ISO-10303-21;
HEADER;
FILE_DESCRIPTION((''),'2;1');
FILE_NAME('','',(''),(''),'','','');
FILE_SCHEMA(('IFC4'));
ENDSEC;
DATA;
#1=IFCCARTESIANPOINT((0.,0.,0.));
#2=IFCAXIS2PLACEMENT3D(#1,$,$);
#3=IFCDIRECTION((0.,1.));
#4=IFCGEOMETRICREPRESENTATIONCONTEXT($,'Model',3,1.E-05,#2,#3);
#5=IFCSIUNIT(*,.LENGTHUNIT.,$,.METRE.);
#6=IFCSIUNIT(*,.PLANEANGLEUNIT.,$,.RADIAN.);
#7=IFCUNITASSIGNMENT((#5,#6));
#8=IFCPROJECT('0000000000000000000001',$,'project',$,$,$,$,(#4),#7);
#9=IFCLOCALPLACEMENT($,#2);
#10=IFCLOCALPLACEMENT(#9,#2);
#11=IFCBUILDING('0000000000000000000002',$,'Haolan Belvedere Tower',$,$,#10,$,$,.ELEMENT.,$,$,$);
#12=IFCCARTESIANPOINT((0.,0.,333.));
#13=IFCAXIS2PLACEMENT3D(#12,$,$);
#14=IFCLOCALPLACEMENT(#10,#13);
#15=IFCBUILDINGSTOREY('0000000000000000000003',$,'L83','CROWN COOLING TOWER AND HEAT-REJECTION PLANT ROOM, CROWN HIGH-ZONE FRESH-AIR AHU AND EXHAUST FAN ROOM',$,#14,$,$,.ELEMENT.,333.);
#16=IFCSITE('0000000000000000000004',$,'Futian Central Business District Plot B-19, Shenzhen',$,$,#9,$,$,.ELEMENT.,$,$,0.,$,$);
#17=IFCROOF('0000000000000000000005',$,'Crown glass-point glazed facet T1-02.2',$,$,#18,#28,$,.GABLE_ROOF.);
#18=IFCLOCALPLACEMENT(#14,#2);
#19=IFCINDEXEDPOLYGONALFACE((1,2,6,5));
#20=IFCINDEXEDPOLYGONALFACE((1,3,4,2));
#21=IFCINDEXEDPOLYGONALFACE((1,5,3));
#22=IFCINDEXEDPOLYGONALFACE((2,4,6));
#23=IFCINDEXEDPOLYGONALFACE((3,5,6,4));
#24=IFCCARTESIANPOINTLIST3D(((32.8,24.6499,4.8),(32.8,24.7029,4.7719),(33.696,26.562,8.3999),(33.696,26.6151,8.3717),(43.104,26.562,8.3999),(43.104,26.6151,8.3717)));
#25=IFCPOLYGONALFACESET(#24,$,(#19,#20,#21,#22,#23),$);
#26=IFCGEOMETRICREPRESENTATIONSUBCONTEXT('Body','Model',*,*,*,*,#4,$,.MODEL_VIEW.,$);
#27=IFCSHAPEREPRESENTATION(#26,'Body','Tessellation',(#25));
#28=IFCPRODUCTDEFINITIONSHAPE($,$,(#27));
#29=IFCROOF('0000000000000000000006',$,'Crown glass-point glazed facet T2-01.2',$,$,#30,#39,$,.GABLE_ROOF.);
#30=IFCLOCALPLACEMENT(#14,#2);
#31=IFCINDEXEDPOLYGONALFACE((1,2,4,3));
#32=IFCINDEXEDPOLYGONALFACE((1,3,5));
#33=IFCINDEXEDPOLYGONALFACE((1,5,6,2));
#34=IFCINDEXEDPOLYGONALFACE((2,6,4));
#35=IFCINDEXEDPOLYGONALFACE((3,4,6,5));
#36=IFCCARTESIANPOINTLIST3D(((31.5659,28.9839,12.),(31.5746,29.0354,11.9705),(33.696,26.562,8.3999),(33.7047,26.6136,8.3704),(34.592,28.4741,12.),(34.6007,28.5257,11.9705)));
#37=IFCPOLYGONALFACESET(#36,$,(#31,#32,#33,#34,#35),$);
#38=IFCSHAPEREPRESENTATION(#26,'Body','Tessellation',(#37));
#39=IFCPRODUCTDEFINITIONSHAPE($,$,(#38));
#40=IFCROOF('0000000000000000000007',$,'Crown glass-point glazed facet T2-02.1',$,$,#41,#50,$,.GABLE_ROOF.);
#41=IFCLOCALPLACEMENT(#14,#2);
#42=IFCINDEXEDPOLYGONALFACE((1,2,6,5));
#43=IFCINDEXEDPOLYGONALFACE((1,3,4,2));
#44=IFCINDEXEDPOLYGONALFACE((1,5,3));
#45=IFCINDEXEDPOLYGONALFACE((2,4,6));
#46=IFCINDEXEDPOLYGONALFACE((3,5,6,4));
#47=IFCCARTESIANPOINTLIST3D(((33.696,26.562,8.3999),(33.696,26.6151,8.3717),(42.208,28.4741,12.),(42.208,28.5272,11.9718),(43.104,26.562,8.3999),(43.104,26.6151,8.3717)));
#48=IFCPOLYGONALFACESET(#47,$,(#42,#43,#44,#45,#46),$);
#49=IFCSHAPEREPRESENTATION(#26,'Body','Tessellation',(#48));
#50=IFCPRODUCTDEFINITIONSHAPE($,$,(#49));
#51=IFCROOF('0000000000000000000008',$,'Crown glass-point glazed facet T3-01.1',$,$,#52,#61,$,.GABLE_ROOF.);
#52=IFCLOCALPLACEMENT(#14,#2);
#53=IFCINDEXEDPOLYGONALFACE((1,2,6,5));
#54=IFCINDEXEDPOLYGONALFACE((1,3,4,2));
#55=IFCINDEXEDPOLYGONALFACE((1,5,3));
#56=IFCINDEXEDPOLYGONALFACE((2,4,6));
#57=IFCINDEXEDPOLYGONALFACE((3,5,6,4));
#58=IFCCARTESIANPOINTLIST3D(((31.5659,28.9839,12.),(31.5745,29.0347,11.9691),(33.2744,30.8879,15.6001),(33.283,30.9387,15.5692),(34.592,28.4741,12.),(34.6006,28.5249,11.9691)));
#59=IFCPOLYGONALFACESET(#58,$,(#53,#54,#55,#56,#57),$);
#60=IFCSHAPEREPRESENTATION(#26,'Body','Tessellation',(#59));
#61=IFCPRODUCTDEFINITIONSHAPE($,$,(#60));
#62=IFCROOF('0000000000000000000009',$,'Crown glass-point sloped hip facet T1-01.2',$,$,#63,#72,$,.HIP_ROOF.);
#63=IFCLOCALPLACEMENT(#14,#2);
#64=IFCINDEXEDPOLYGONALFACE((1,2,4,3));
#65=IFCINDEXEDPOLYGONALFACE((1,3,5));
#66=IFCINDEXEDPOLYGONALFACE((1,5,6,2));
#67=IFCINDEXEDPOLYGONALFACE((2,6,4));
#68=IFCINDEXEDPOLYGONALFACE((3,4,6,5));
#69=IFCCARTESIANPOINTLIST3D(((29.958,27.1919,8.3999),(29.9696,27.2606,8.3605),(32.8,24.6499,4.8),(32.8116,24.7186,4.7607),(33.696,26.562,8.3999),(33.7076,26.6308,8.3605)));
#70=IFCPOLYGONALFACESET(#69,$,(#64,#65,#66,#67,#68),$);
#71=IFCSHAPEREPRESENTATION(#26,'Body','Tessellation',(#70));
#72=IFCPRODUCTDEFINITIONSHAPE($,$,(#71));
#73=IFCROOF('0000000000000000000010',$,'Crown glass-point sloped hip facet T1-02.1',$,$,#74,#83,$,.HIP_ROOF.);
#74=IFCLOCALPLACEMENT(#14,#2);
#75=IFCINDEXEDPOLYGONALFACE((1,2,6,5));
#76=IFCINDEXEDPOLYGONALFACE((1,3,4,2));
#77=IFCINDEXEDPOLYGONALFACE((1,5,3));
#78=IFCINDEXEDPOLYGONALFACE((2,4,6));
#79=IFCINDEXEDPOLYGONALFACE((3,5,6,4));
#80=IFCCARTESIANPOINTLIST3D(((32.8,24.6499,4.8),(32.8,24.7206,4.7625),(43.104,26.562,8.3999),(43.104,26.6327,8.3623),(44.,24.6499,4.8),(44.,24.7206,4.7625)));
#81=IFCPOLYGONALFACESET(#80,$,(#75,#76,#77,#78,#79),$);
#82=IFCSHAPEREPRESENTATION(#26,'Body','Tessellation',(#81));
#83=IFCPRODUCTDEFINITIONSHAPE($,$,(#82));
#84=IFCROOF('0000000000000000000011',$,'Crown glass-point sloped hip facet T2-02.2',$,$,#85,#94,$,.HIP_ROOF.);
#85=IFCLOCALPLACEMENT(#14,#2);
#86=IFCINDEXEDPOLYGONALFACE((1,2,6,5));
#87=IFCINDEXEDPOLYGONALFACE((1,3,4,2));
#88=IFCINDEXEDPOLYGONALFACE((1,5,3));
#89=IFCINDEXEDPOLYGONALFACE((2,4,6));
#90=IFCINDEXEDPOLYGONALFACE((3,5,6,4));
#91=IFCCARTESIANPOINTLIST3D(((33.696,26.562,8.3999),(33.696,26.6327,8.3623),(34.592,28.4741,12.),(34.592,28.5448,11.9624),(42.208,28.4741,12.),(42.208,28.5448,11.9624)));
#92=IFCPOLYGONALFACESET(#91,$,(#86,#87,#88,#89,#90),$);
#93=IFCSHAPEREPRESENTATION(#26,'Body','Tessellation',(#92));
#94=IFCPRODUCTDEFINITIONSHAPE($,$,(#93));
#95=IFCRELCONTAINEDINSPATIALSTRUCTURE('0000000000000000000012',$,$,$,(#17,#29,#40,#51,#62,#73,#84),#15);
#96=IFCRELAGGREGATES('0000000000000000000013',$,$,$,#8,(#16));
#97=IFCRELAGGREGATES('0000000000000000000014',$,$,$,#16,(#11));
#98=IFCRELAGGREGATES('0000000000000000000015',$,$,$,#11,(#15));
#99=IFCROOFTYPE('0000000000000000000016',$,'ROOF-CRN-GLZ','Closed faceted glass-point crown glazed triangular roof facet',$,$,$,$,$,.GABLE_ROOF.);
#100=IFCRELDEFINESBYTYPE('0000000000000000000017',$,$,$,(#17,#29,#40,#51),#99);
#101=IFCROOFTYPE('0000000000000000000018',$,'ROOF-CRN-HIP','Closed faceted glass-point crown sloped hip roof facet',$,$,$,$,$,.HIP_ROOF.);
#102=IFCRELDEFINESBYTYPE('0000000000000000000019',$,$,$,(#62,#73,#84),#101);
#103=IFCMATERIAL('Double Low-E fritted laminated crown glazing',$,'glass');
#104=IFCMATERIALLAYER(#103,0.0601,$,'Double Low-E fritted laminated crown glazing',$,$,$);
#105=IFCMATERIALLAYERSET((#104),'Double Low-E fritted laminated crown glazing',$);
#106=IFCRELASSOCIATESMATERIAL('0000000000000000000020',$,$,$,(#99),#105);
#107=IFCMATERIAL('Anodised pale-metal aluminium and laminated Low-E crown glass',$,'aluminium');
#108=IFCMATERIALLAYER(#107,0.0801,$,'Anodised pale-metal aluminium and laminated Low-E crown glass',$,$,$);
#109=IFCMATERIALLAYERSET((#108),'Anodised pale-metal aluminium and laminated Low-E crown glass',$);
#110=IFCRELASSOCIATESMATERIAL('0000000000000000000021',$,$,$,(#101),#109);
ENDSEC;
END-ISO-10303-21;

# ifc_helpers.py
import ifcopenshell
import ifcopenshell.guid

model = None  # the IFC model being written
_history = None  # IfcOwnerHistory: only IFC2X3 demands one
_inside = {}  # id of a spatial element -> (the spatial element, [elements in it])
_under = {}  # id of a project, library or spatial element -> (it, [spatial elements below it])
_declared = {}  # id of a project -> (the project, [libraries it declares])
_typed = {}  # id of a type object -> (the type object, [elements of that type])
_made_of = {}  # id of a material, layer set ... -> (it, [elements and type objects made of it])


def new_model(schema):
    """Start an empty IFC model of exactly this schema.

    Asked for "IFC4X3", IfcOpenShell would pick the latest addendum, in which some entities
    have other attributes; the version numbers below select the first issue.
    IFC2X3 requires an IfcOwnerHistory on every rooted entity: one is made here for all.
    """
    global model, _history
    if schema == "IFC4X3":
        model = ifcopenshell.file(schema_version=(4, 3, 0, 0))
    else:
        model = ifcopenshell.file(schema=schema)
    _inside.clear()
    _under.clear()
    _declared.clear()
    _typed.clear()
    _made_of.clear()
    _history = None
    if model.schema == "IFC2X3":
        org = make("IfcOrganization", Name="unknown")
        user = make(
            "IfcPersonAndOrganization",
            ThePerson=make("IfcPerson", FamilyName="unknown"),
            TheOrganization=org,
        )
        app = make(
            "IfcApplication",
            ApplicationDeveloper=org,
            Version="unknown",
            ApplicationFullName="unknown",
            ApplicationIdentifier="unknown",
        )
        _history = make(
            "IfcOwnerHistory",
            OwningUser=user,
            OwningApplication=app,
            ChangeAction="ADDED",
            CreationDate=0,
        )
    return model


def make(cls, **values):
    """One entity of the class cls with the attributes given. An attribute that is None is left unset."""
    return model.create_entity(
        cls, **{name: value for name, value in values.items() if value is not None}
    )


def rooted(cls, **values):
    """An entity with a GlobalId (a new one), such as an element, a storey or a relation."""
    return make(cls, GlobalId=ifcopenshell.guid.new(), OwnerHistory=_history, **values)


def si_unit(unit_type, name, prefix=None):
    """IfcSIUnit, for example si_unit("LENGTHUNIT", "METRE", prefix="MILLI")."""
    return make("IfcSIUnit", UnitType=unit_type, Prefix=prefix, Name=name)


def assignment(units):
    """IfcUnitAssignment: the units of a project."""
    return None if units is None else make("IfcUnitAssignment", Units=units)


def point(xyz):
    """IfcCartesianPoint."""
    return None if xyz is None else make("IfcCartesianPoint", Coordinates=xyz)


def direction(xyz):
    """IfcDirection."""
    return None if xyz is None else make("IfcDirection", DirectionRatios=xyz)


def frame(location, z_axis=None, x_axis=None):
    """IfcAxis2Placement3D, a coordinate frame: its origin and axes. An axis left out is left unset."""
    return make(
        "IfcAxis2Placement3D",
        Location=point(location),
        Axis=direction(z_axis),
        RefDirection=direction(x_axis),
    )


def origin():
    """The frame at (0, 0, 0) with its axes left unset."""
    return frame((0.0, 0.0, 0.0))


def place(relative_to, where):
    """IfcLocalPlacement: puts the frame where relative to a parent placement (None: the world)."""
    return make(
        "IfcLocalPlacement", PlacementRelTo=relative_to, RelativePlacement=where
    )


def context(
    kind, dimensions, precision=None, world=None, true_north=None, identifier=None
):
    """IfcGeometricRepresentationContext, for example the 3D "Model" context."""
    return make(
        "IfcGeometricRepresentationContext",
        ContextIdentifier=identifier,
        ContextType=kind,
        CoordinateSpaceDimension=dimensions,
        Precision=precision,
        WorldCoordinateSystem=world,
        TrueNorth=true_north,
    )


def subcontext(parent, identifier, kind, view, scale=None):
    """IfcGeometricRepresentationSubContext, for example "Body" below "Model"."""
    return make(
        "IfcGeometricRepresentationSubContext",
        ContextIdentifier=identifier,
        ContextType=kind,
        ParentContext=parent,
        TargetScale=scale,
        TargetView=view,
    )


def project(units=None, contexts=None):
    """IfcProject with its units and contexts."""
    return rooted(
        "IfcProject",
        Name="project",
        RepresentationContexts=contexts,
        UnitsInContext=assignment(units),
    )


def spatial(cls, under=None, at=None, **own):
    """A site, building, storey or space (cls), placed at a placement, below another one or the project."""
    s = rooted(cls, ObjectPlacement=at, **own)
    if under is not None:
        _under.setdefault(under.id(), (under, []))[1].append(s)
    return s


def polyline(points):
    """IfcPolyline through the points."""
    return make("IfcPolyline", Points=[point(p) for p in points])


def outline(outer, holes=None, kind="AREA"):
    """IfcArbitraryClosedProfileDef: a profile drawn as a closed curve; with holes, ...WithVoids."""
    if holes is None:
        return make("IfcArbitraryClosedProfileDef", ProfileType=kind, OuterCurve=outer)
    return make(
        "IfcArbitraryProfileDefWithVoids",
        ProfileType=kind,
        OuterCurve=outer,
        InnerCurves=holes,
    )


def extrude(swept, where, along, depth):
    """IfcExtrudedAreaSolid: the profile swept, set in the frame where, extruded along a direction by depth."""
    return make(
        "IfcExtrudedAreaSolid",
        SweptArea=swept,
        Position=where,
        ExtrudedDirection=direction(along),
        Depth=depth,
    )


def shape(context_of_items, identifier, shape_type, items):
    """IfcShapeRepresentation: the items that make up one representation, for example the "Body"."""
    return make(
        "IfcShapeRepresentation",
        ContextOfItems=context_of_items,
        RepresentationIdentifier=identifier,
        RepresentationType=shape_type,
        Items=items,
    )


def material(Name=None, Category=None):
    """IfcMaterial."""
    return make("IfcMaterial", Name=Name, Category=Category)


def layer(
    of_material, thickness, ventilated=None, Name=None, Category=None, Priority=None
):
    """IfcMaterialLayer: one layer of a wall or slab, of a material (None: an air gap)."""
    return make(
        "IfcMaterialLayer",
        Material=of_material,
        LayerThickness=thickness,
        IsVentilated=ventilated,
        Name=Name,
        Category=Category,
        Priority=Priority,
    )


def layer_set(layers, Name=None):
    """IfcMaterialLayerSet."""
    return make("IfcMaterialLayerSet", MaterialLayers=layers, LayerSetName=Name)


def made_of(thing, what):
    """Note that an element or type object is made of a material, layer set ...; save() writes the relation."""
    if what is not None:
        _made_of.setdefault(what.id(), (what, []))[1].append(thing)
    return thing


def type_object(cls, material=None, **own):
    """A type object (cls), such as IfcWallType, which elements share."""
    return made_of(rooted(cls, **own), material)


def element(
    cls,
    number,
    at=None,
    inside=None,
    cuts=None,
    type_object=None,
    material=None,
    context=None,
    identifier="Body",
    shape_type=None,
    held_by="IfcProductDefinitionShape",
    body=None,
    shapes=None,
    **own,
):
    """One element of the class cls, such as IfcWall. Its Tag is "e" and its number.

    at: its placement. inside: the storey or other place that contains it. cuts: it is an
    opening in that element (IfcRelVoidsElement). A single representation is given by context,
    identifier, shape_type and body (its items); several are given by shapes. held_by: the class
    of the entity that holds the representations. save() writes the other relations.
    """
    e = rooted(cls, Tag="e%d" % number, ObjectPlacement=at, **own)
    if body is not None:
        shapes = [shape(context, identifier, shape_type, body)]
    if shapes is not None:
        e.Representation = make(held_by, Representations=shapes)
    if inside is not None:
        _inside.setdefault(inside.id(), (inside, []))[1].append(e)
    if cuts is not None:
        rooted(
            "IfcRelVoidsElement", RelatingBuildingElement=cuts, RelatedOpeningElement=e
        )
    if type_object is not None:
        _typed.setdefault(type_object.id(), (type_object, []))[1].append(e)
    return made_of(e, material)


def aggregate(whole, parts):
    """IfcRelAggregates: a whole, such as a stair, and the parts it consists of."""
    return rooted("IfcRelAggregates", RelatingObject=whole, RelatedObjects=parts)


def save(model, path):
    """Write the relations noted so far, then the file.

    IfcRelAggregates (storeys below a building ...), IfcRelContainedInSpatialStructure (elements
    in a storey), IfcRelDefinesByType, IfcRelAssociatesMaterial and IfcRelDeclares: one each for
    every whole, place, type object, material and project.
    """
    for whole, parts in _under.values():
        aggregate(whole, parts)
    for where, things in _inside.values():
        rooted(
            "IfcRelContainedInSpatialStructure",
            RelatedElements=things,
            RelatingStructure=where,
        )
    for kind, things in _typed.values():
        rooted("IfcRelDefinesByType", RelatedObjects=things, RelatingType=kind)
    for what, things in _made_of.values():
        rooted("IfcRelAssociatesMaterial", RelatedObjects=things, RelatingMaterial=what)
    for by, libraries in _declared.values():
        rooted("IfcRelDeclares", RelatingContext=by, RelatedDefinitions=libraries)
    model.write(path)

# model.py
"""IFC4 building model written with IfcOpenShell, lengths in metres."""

from ifc_helpers import new_model, si_unit, direction, frame, origin, place, context, subcontext, project, spatial, polyline, outline, extrude, material, layer, layer_set, type_object, element, save


model = new_model("IFC4")

# Units and contexts
model_context = context("Model", 3, precision=1e-05, world=origin(), true_north=direction((0.0, 1.0)))
body_context = subcontext(model_context, "Body", "Model", "MODEL_VIEW")
ifc_project = project(units=[si_unit("LENGTHUNIT", "METRE"), si_unit("PLANEANGLEUNIT", "RADIAN")], contexts=[model_context])

# Site, building, storey
site_placement = place(None, origin())
site = spatial("IfcSite", under=ifc_project, at=site_placement, Name="Futian Central Business District Plot B-19, Shenzhen", CompositionType="ELEMENT", RefElevation=0.0)
building_placement = place(site_placement, origin())
building = spatial("IfcBuilding", under=site, at=building_placement, Name="Haolan Belvedere Tower", CompositionType="ELEMENT")
storey_placement = place(building_placement, frame((0.0, 0.0, 333.0)))
storey = spatial("IfcBuildingStorey", under=building, at=storey_placement, Name="L83", Description="CROWN COOLING TOWER AND HEAT-REJECTION PLANT ROOM, CROWN HIGH-ZONE FRESH-AIR AHU AND EXHAUST FAN ROOM", CompositionType="ELEMENT", Elevation=333.0)

# Roofs
ifc_material_1 = material(Name="Double Low-E fritted laminated crown glazing", Category="glass")
ifc_layer_1 = layer(ifc_material_1, 0.0601, Name="Double Low-E fritted laminated crown glazing")
ifc_layer_set_1 = layer_set([ifc_layer_1], Name="Double Low-E fritted laminated crown glazing")
roof_type_1 = type_object("IfcRoofType", Name="ROOF-CRN-GLZ", Description="Closed faceted glass-point crown glazed triangular roof facet", PredefinedType="GABLE_ROOF", material=ifc_layer_set_1)
roof_1_placement = place(storey_placement, frame((32.8, 24.6499, 4.8), z_axis=(0.0, -0.883148, 0.469095), x_axis=(0.929883, 0.172559, 0.32487)))
element("IfcRoof", 1, at=roof_1_placement, inside=storey, type_object=roof_type_1, Name="Crown glass-point glazed facet T1-02.2", PredefinedType="GABLE_ROOF", context=body_context, shape_type="SweptSolid", body=[
    extrude(outline(polyline([(0.0, 0.0), (11.0809, 0.0), (2.3326, 3.4608), (0.0, 0.0)])), origin(), (0.0, 0.0, -1.0), 0.0601),
])
roof_2_placement = place(storey_placement, frame((33.696, 26.562, 8.3999), z_axis=(-0.144621, -0.858514, 0.491974), x_axis=(0.214677, 0.458134, 0.86257)))
element("IfcRoof", 2, at=roof_2_placement, inside=storey, type_object=roof_type_1, Name="Crown glass-point glazed facet T2-01.2", PredefinedType="GABLE_ROOF", context=body_context, shape_type="SweptSolid", body=[
    extrude(outline(polyline([(0.0, 0.0), (4.1737, 0.0), (3.7576, 3.0404), (0.0, 0.0)])), origin(), (0.0, 0.0, -1.0), 0.0601),
])
roof_3_placement = place(storey_placement, frame((33.696, 26.562, 8.3999), z_axis=(0.0, -0.883161, 0.469071), x_axis=(1.0, 0.0, 0.0)))
element("IfcRoof", 3, at=roof_3_placement, inside=storey, type_object=roof_type_1, Name="Crown glass-point glazed facet T2-02.1", PredefinedType="GABLE_ROOF", context=body_context, shape_type="SweptSolid", body=[
    extrude(outline(polyline([(0.0, 0.0), (9.408, 0.0), (8.512, 4.0764), (0.0, 0.0)])), origin(), (0.0, 0.0, -1.0), 0.0601),
])
roof_4_placement = place(storey_placement, frame((31.5659, 28.9839, 12.0), z_axis=(-0.142419, -0.84544, 0.514731), x_axis=(0.986106, -0.166115, 0.0)))
element("IfcRoof", 4, at=roof_4_placement, inside=storey, type_object=roof_type_1, Name="Crown glass-point glazed facet T3-01.1", PredefinedType="GABLE_ROOF", context=body_context, shape_type="SweptSolid", body=[
    extrude(outline(polyline([(0.0, 0.0), (3.0688, 0.0), (1.3685, 4.1991), (0.0, 0.0)])), origin(), (0.0, 0.0, -1.0), 0.0601),
])
ifc_material_2 = material(Name="Anodised pale-metal aluminium and laminated Low-E crown glass", Category="aluminium")
ifc_layer_2 = layer(ifc_material_2, 0.0801, Name="Anodised pale-metal aluminium and laminated Low-E crown glass")
ifc_layer_set_2 = layer_set([ifc_layer_2], Name="Anodised pale-metal aluminium and laminated Low-E crown glass")
roof_type_2 = type_object("IfcRoofType", Name="ROOF-CRN-HIP", Description="Closed faceted glass-point crown sloped hip roof facet", PredefinedType="HIP_ROOF", material=ifc_layer_set_2)
roof_5_placement = place(storey_placement, frame((32.8, 24.6499, 4.8), z_axis=(-0.144661, -0.85849, 0.492004), x_axis=(0.214688, 0.458157, 0.862555)))
element("IfcRoof", 5, at=roof_5_placement, inside=storey, type_object=roof_type_2, Name="Crown glass-point sloped hip facet T1-01.2", PredefinedType="HIP_ROOF", context=body_context, shape_type="SweptSolid", body=[
    extrude(outline(polyline([(0.0, 0.0), (4.1735, 0.0), (3.6596, 3.7557), (0.0, 0.0)])), origin(), (0.0, 0.0, -1.0), 0.0801),
])
roof_6_placement = place(storey_placement, frame((32.8, 24.6499, 4.8), z_axis=(0.0, -0.883148, 0.469095), x_axis=(1.0, 0.0, 0.0)))
element("IfcRoof", 6, at=roof_6_placement, inside=storey, type_object=roof_type_2, Name="Crown glass-point sloped hip facet T1-02.1", PredefinedType="HIP_ROOF", context=body_context, shape_type="SweptSolid", body=[
    extrude(outline(polyline([(0.0, 0.0), (11.2, 0.0), (10.304, 4.0762), (0.0, 0.0)])), origin(), (0.0, 0.0, -1.0), 0.0801),
])
roof_7_placement = place(storey_placement, frame((33.696, 26.562, 8.3999), z_axis=(0.0, -0.883161, 0.469071), x_axis=(0.90191, 0.202603, 0.381459)))
element("IfcRoof", 7, at=roof_7_placement, inside=storey, type_object=roof_type_2, Name="Crown glass-point sloped hip facet T2-02.2", PredefinedType="HIP_ROOF", context=body_context, shape_type="SweptSolid", body=[
    extrude(outline(polyline([(0.0, 0.0), (9.4377, 0.0), (2.5688, 3.2895), (0.0, 0.0)])), origin(), (0.0, 0.0, -1.0), 0.0801),
])

save(model, "model.ifc")
